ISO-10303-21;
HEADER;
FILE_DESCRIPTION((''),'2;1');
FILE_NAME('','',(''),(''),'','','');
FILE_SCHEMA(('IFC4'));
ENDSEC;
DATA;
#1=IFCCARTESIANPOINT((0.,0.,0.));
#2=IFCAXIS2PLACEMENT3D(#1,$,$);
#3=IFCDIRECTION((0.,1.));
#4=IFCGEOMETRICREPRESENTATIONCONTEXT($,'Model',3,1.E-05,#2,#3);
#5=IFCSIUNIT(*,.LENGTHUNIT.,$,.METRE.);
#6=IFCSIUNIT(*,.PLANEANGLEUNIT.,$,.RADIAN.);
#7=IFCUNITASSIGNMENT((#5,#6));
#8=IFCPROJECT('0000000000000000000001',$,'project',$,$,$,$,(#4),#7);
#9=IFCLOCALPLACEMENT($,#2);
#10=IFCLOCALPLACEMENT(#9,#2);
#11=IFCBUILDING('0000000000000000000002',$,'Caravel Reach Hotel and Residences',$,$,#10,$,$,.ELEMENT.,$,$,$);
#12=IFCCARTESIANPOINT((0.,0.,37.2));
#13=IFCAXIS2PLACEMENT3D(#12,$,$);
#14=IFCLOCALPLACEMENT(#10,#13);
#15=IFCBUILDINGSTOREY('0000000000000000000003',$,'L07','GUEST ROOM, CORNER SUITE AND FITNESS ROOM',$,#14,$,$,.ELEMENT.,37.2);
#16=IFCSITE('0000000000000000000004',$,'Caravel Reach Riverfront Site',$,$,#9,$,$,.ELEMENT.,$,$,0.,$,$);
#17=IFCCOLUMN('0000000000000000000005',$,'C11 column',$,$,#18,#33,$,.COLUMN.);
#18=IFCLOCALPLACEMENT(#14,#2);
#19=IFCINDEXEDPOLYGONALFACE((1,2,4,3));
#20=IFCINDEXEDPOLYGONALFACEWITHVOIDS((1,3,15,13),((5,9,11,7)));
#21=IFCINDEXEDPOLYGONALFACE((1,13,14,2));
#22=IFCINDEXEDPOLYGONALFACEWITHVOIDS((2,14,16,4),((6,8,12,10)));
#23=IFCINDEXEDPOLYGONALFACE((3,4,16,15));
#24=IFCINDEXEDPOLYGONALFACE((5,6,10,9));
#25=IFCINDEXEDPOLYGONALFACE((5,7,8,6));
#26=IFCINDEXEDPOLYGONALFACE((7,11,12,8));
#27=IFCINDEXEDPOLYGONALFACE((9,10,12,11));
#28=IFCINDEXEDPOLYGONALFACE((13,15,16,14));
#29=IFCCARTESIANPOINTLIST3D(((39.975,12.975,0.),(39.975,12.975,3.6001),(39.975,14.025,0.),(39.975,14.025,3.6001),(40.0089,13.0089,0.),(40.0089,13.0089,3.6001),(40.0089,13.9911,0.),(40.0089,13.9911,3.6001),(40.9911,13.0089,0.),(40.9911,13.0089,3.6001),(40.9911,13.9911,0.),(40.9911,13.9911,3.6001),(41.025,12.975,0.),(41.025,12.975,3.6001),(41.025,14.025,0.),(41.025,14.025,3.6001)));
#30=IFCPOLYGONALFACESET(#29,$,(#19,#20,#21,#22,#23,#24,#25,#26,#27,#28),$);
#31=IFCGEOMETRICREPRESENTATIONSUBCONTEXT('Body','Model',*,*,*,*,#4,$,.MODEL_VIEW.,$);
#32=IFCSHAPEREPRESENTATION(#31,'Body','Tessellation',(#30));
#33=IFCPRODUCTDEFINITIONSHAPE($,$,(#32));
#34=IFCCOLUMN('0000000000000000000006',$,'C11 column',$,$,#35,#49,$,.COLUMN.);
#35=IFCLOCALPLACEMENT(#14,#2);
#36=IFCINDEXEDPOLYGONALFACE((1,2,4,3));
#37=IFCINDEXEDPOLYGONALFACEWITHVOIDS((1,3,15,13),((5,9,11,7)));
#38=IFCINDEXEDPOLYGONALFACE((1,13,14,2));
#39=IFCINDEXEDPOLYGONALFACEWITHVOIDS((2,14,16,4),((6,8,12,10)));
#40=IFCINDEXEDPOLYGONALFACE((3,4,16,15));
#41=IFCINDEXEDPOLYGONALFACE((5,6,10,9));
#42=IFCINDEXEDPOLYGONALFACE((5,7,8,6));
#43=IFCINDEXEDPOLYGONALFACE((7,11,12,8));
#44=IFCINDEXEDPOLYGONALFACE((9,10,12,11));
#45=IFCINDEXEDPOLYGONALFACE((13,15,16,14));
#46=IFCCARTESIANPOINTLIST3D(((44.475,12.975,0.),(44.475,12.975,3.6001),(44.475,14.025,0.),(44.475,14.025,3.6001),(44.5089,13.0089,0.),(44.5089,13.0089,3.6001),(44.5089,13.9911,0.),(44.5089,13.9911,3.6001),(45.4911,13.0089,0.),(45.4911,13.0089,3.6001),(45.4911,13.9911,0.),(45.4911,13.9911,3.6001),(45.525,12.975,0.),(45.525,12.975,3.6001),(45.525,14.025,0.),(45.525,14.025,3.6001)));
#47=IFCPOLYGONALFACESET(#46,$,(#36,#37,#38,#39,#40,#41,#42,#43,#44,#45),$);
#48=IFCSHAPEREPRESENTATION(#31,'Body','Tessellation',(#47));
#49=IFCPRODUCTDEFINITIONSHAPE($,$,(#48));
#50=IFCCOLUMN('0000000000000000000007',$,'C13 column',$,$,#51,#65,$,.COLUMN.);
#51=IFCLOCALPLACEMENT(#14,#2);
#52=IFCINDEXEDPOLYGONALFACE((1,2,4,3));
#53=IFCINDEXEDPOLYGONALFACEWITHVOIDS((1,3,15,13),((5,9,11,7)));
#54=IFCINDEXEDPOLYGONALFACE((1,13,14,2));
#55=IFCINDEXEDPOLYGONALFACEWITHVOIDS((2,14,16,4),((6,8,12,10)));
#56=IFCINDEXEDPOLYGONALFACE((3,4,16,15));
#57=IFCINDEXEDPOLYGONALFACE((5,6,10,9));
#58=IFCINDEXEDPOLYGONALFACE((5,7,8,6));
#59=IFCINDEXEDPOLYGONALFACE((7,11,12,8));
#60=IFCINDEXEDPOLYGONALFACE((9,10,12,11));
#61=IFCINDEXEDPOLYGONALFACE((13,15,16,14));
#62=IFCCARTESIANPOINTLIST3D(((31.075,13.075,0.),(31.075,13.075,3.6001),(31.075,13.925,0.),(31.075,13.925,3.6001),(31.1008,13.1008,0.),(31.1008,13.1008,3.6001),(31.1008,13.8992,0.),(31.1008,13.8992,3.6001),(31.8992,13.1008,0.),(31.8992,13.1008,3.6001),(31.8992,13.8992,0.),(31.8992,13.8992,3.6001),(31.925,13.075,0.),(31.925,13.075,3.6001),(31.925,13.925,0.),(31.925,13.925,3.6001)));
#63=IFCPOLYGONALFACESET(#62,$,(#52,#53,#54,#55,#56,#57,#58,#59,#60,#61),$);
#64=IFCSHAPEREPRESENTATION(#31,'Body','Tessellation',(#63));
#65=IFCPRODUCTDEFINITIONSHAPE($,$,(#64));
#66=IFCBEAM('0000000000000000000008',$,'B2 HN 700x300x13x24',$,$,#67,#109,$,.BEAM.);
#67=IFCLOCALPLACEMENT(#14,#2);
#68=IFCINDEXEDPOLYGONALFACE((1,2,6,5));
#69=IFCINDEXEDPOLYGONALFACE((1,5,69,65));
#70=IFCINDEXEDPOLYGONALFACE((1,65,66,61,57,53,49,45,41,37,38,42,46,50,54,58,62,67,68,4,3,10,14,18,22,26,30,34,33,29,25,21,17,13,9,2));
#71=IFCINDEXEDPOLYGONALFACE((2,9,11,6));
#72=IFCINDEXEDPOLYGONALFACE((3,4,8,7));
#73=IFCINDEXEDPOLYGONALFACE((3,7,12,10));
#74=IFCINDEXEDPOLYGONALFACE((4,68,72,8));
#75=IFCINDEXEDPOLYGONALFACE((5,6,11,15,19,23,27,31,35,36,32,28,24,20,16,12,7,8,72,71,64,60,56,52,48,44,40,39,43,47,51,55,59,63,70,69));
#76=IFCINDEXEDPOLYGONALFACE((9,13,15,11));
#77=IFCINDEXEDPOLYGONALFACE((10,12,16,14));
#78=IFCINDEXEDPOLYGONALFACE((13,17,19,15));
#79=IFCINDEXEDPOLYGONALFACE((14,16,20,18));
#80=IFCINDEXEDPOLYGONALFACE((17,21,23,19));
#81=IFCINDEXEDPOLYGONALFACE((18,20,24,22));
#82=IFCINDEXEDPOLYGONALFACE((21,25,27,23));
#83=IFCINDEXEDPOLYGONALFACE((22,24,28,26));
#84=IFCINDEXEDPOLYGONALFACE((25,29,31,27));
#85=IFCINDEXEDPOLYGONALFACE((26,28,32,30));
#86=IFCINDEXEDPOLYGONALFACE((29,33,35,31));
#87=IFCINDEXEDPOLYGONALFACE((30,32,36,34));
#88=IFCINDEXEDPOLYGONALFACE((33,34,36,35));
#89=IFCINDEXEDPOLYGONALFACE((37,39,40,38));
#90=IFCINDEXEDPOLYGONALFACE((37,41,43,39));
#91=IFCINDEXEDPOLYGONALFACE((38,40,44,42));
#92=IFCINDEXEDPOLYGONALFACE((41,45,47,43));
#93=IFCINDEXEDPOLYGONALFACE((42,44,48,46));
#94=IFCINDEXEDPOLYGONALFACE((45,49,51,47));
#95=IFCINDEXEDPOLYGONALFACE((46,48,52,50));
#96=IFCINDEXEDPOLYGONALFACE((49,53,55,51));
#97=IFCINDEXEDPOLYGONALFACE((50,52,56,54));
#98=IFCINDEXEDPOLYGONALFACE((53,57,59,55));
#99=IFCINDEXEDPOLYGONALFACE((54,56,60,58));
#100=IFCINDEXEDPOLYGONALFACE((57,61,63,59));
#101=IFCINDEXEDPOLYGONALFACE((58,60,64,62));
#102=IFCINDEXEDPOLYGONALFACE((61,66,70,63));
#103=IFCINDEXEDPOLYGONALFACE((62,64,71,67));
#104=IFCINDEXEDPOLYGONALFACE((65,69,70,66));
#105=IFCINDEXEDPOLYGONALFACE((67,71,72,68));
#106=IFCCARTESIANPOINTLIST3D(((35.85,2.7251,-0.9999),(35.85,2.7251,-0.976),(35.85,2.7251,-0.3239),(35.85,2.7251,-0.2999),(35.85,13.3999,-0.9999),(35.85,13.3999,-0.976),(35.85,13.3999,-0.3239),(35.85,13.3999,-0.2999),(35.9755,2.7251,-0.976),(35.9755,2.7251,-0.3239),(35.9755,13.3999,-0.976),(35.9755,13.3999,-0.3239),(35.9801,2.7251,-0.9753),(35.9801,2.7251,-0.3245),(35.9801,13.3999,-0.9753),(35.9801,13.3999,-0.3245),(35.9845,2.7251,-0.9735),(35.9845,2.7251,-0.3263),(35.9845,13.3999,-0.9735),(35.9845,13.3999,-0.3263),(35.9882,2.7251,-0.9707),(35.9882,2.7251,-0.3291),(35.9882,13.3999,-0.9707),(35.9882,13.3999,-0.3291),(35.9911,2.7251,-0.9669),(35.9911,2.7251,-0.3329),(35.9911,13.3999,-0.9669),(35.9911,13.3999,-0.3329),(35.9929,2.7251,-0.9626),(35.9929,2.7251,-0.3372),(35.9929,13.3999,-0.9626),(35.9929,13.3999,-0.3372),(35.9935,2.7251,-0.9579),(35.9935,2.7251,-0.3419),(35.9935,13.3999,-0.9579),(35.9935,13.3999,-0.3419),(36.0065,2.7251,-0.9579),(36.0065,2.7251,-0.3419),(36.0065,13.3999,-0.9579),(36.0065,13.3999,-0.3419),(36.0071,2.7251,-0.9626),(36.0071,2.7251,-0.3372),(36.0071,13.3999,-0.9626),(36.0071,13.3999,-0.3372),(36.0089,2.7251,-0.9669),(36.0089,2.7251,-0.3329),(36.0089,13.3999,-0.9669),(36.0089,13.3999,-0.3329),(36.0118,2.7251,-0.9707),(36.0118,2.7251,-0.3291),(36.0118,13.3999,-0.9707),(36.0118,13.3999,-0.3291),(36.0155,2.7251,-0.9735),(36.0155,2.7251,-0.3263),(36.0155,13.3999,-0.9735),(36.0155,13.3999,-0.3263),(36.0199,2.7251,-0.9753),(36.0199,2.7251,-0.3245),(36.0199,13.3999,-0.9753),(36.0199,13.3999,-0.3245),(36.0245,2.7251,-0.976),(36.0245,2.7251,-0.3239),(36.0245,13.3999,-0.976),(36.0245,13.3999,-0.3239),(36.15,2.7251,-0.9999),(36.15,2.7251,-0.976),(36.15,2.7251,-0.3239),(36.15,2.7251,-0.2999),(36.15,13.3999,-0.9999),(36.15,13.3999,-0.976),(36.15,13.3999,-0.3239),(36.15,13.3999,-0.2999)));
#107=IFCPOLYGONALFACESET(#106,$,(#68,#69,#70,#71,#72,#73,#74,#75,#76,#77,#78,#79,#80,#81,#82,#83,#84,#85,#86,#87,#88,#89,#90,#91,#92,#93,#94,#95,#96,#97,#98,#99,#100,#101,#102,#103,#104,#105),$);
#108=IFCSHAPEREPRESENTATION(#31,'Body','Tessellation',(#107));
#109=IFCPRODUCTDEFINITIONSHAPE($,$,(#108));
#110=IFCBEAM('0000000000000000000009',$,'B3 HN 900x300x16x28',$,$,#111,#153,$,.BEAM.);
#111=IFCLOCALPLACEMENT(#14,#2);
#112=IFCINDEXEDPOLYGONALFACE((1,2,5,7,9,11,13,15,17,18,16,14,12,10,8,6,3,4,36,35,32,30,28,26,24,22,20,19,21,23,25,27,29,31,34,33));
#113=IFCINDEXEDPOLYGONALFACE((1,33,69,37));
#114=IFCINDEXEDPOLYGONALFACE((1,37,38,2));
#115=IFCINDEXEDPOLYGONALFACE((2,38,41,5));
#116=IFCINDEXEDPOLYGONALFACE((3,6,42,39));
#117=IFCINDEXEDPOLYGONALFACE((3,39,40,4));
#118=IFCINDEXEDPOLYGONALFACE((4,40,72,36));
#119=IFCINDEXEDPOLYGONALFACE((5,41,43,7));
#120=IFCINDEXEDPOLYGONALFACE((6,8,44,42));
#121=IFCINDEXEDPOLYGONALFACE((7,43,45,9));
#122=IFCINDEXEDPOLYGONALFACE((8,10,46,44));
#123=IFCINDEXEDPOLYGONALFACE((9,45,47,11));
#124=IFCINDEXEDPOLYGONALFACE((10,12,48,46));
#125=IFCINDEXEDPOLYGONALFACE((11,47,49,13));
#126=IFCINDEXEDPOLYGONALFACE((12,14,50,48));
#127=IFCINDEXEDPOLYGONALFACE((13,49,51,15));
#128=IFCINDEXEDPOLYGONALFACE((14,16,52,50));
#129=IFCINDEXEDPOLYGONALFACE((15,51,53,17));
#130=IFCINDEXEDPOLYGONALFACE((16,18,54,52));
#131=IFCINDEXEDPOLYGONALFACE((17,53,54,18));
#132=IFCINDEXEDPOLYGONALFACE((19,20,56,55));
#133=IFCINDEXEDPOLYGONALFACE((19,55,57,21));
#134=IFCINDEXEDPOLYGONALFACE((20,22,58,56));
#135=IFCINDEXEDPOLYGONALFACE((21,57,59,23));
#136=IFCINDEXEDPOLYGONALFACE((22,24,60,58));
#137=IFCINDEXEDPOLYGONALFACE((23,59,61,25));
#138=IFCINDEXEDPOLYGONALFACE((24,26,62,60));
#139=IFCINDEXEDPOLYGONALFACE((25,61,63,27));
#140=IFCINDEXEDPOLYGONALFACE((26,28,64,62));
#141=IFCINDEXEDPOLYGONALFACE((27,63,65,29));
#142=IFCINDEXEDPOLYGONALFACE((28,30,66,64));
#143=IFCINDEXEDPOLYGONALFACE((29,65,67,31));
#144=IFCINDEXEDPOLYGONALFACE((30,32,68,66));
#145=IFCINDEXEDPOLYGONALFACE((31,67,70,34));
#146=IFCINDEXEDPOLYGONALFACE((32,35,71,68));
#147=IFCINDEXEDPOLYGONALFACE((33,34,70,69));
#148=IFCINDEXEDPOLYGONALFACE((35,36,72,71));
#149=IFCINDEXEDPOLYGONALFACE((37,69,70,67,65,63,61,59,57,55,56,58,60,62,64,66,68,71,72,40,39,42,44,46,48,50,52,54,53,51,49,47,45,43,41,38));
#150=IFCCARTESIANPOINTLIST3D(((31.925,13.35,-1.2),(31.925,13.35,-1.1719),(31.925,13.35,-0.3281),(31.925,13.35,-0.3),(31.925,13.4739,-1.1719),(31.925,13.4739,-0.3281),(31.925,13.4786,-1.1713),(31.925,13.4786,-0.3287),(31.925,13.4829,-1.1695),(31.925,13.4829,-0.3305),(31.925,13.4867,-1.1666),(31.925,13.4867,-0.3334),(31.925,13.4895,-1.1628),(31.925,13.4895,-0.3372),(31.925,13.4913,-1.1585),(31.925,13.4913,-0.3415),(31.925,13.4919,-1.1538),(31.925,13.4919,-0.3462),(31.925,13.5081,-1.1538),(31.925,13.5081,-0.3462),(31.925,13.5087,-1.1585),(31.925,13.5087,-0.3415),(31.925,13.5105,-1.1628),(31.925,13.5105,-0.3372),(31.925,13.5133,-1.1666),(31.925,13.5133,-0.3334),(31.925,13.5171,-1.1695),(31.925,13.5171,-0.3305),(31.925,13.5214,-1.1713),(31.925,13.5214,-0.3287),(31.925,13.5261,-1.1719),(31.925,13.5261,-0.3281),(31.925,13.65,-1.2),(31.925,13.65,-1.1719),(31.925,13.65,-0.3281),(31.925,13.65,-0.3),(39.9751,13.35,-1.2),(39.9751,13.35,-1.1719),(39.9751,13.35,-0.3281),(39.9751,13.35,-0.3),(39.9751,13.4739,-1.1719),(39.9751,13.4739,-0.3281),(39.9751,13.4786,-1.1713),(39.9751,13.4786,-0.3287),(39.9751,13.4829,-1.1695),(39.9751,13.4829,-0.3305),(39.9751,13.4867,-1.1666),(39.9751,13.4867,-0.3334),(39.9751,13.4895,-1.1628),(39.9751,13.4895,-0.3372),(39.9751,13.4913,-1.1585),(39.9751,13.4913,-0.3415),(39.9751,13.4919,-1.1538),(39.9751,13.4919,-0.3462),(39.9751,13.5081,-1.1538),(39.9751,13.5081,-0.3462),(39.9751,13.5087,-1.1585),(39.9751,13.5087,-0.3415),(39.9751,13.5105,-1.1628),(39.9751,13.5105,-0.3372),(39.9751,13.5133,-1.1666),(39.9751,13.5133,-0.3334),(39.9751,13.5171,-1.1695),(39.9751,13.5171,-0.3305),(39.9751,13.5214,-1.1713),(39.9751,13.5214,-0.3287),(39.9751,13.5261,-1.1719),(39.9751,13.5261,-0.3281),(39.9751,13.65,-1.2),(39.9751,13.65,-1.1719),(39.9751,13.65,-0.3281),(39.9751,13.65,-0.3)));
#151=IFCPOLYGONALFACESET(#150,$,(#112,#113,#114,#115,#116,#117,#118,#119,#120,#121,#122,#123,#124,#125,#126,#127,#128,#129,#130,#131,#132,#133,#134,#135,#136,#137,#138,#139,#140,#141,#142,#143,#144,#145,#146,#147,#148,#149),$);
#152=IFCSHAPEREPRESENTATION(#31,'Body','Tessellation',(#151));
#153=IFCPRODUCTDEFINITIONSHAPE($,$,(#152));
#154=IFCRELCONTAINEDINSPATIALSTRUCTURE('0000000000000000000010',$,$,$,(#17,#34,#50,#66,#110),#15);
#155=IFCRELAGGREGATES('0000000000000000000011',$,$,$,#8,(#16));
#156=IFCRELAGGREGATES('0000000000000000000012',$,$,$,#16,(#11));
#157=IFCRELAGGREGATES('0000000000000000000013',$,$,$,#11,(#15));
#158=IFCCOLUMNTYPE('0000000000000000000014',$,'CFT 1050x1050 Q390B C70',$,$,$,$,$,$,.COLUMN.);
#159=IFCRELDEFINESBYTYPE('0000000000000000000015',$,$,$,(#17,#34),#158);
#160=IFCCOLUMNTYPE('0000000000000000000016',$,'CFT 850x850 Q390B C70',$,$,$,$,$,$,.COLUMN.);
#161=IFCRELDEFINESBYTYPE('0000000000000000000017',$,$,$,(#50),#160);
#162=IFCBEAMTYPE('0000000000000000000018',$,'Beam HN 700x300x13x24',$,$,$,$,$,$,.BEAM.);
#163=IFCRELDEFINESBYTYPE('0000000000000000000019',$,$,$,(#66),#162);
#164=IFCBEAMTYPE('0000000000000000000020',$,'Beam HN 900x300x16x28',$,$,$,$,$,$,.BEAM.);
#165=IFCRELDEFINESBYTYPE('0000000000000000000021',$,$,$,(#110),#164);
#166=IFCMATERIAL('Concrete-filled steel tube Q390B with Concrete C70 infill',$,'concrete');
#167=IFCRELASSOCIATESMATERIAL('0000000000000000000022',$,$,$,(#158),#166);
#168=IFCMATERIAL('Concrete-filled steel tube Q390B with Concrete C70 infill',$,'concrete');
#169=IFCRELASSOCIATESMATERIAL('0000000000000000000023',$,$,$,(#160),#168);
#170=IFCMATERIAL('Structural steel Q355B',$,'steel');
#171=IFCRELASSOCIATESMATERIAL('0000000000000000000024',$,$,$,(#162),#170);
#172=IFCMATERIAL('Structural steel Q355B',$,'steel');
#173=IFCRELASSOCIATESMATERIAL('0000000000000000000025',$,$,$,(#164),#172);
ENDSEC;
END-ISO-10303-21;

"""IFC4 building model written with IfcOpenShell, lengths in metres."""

from ifc_helpers import new_model, si_unit, direction, frame, origin, origin_2d, place, context, subcontext, project, spatial, hollow_rectangle, i_section, extrude, material, material_profile, profile_set, type_object, element, save


model = new_model("IFC4")

# Units and contexts
model_context = context("Model", 3, precision=1e-05, world=origin(), true_north=direction((0.0, 1.0)))
body_context = subcontext(model_context, "Body", "Model", "MODEL_VIEW")
ifc_project = project(units=[si_unit("LENGTHUNIT", "METRE"), si_unit("PLANEANGLEUNIT", "RADIAN")], contexts=[model_context])

# Site, building, storey
site_placement = place(None, origin())
site = spatial("IfcSite", under=ifc_project, at=site_placement, Name="Caravel Reach Riverfront Site", CompositionType="ELEMENT", RefElevation=0.0)
building_placement = place(site_placement, origin())
building = spatial("IfcBuilding", under=site, at=building_placement, Name="Caravel Reach Hotel and Residences", CompositionType="ELEMENT")
storey_placement = place(building_placement, frame((0.0, 0.0, 37.2)))
storey = spatial("IfcBuildingStorey", under=building, at=storey_placement, Name="L07", Description="GUEST ROOM, CORNER SUITE AND FITNESS ROOM", CompositionType="ELEMENT", Elevation=37.2)

# Columns
ifc_material_1 = material(Name="Concrete-filled steel tube Q390B with Concrete C70 infill", Category="concrete")
ifc_material_profile_1 = material_profile(ifc_material_1, hollow_rectangle(XDim=1.05, YDim=1.05, WallThickness=0.0339, at=origin_2d()), Name="RHS 1050x1050x34")
ifc_profile_set_1 = profile_set([ifc_material_profile_1], Name="Concrete-filled steel tube Q390B with Concrete C70 infill")
column_type_1 = type_object("IfcColumnType", Name="CFT 1050x1050 Q390B C70", PredefinedType="COLUMN", material=ifc_profile_set_1)
for number, where, z_axis, x_axis, name in (
    (1, (40.5, 13.5, 0.0), (0.0, 0.0, 1.0), (1.0, 0.0, 0.0), "C11 column"),
    (2, (45.0, 13.5, 0.0), (0.0, 0.0, 1.0), (1.0, 0.0, 0.0), "C11 column"),
):
    element("IfcColumn", number, at=place(storey_placement, frame(where, z_axis=z_axis, x_axis=x_axis)), inside=storey, type_object=column_type_1, Name=name, PredefinedType="COLUMN", context=body_context, shape_type="SweptSolid", body=[
        extrude(hollow_rectangle(XDim=1.05, YDim=1.05, WallThickness=0.0339, at=origin_2d()), origin(), (0.0, 0.0, 1.0), 3.6001),
    ])
ifc_material_2 = material(Name="Concrete-filled steel tube Q390B with Concrete C70 infill", Category="concrete")
ifc_material_profile_2 = material_profile(ifc_material_2, hollow_rectangle(XDim=0.8501, YDim=0.8501, WallThickness=0.0259, at=origin_2d()), Name="RHS 850x850x26")
ifc_profile_set_2 = profile_set([ifc_material_profile_2], Name="Concrete-filled steel tube Q390B with Concrete C70 infill")
column_type_2 = type_object("IfcColumnType", Name="CFT 850x850 Q390B C70", PredefinedType="COLUMN", material=ifc_profile_set_2)
column_placement = place(storey_placement, frame((31.5, 13.5, 0.0), z_axis=(0.0, 0.0, 1.0), x_axis=(1.0, 0.0, 0.0)))
element("IfcColumn", 3, at=column_placement, inside=storey, type_object=column_type_2, Name="C13 column", PredefinedType="COLUMN", context=body_context, shape_type="SweptSolid", body=[
    extrude(hollow_rectangle(XDim=0.8501, YDim=0.8501, WallThickness=0.0259, at=origin_2d()), origin(), (0.0, 0.0, 1.0), 3.6001),
])

# Beams
ifc_material_3 = material(Name="Structural steel Q355B", Category="steel")
ifc_material_profile_3 = material_profile(ifc_material_3, i_section(OverallWidth=0.3, OverallDepth=0.7, WebThickness=0.0129, FlangeThickness=0.0239, FilletRadius=0.0181, at=origin_2d()), Name="HN 700x300x13x24")
ifc_profile_set_3 = profile_set([ifc_material_profile_3], Name="Structural steel Q355B")
beam_type_1 = type_object("IfcBeamType", Name="Beam HN 700x300x13x24", PredefinedType="BEAM", material=ifc_profile_set_3)
beam_1_placement = place(storey_placement, frame((36.0, 13.3999, -0.6499), z_axis=(0.0, -1.0, 0.0), x_axis=(1.0, 0.0, 0.0)))
element("IfcBeam", 4, at=beam_1_placement, inside=storey, type_object=beam_type_1, Name="B2 HN 700x300x13x24", PredefinedType="BEAM", context=body_context, shape_type="SweptSolid", body=[
    extrude(i_section(OverallWidth=0.3, OverallDepth=0.7, WebThickness=0.0129, FlangeThickness=0.0239, FilletRadius=0.0181, at=origin_2d()), origin(), (0.0, 0.0, 1.0), 10.6748),
])
ifc_material_4 = material(Name="Structural steel Q355B", Category="steel")
ifc_material_profile_4 = material_profile(ifc_material_4, i_section(OverallWidth=0.3, OverallDepth=0.8999, WebThickness=0.0161, FlangeThickness=0.0281, FilletRadius=0.0181, at=origin_2d()), Name="HN 900x300x16x28")
ifc_profile_set_4 = profile_set([ifc_material_profile_4], Name="Structural steel Q355B")
beam_type_2 = type_object("IfcBeamType", Name="Beam HN 900x300x16x28", PredefinedType="BEAM", material=ifc_profile_set_4)
beam_2_placement = place(storey_placement, frame((31.925, 13.5, -0.75), z_axis=(1.0, 0.0, 0.0), x_axis=(0.0, 1.0, 0.0)))
element("IfcBeam", 5, at=beam_2_placement, inside=storey, type_object=beam_type_2, Name="B3 HN 900x300x16x28", PredefinedType="BEAM", context=body_context, shape_type="SweptSolid", body=[
    extrude(i_section(OverallWidth=0.3, OverallDepth=0.8999, WebThickness=0.0161, FlangeThickness=0.0281, FilletRadius=0.0181, at=origin_2d()), origin(), (0.0, 0.0, 1.0), 8.05),
])

save(model, "model.ifc")
